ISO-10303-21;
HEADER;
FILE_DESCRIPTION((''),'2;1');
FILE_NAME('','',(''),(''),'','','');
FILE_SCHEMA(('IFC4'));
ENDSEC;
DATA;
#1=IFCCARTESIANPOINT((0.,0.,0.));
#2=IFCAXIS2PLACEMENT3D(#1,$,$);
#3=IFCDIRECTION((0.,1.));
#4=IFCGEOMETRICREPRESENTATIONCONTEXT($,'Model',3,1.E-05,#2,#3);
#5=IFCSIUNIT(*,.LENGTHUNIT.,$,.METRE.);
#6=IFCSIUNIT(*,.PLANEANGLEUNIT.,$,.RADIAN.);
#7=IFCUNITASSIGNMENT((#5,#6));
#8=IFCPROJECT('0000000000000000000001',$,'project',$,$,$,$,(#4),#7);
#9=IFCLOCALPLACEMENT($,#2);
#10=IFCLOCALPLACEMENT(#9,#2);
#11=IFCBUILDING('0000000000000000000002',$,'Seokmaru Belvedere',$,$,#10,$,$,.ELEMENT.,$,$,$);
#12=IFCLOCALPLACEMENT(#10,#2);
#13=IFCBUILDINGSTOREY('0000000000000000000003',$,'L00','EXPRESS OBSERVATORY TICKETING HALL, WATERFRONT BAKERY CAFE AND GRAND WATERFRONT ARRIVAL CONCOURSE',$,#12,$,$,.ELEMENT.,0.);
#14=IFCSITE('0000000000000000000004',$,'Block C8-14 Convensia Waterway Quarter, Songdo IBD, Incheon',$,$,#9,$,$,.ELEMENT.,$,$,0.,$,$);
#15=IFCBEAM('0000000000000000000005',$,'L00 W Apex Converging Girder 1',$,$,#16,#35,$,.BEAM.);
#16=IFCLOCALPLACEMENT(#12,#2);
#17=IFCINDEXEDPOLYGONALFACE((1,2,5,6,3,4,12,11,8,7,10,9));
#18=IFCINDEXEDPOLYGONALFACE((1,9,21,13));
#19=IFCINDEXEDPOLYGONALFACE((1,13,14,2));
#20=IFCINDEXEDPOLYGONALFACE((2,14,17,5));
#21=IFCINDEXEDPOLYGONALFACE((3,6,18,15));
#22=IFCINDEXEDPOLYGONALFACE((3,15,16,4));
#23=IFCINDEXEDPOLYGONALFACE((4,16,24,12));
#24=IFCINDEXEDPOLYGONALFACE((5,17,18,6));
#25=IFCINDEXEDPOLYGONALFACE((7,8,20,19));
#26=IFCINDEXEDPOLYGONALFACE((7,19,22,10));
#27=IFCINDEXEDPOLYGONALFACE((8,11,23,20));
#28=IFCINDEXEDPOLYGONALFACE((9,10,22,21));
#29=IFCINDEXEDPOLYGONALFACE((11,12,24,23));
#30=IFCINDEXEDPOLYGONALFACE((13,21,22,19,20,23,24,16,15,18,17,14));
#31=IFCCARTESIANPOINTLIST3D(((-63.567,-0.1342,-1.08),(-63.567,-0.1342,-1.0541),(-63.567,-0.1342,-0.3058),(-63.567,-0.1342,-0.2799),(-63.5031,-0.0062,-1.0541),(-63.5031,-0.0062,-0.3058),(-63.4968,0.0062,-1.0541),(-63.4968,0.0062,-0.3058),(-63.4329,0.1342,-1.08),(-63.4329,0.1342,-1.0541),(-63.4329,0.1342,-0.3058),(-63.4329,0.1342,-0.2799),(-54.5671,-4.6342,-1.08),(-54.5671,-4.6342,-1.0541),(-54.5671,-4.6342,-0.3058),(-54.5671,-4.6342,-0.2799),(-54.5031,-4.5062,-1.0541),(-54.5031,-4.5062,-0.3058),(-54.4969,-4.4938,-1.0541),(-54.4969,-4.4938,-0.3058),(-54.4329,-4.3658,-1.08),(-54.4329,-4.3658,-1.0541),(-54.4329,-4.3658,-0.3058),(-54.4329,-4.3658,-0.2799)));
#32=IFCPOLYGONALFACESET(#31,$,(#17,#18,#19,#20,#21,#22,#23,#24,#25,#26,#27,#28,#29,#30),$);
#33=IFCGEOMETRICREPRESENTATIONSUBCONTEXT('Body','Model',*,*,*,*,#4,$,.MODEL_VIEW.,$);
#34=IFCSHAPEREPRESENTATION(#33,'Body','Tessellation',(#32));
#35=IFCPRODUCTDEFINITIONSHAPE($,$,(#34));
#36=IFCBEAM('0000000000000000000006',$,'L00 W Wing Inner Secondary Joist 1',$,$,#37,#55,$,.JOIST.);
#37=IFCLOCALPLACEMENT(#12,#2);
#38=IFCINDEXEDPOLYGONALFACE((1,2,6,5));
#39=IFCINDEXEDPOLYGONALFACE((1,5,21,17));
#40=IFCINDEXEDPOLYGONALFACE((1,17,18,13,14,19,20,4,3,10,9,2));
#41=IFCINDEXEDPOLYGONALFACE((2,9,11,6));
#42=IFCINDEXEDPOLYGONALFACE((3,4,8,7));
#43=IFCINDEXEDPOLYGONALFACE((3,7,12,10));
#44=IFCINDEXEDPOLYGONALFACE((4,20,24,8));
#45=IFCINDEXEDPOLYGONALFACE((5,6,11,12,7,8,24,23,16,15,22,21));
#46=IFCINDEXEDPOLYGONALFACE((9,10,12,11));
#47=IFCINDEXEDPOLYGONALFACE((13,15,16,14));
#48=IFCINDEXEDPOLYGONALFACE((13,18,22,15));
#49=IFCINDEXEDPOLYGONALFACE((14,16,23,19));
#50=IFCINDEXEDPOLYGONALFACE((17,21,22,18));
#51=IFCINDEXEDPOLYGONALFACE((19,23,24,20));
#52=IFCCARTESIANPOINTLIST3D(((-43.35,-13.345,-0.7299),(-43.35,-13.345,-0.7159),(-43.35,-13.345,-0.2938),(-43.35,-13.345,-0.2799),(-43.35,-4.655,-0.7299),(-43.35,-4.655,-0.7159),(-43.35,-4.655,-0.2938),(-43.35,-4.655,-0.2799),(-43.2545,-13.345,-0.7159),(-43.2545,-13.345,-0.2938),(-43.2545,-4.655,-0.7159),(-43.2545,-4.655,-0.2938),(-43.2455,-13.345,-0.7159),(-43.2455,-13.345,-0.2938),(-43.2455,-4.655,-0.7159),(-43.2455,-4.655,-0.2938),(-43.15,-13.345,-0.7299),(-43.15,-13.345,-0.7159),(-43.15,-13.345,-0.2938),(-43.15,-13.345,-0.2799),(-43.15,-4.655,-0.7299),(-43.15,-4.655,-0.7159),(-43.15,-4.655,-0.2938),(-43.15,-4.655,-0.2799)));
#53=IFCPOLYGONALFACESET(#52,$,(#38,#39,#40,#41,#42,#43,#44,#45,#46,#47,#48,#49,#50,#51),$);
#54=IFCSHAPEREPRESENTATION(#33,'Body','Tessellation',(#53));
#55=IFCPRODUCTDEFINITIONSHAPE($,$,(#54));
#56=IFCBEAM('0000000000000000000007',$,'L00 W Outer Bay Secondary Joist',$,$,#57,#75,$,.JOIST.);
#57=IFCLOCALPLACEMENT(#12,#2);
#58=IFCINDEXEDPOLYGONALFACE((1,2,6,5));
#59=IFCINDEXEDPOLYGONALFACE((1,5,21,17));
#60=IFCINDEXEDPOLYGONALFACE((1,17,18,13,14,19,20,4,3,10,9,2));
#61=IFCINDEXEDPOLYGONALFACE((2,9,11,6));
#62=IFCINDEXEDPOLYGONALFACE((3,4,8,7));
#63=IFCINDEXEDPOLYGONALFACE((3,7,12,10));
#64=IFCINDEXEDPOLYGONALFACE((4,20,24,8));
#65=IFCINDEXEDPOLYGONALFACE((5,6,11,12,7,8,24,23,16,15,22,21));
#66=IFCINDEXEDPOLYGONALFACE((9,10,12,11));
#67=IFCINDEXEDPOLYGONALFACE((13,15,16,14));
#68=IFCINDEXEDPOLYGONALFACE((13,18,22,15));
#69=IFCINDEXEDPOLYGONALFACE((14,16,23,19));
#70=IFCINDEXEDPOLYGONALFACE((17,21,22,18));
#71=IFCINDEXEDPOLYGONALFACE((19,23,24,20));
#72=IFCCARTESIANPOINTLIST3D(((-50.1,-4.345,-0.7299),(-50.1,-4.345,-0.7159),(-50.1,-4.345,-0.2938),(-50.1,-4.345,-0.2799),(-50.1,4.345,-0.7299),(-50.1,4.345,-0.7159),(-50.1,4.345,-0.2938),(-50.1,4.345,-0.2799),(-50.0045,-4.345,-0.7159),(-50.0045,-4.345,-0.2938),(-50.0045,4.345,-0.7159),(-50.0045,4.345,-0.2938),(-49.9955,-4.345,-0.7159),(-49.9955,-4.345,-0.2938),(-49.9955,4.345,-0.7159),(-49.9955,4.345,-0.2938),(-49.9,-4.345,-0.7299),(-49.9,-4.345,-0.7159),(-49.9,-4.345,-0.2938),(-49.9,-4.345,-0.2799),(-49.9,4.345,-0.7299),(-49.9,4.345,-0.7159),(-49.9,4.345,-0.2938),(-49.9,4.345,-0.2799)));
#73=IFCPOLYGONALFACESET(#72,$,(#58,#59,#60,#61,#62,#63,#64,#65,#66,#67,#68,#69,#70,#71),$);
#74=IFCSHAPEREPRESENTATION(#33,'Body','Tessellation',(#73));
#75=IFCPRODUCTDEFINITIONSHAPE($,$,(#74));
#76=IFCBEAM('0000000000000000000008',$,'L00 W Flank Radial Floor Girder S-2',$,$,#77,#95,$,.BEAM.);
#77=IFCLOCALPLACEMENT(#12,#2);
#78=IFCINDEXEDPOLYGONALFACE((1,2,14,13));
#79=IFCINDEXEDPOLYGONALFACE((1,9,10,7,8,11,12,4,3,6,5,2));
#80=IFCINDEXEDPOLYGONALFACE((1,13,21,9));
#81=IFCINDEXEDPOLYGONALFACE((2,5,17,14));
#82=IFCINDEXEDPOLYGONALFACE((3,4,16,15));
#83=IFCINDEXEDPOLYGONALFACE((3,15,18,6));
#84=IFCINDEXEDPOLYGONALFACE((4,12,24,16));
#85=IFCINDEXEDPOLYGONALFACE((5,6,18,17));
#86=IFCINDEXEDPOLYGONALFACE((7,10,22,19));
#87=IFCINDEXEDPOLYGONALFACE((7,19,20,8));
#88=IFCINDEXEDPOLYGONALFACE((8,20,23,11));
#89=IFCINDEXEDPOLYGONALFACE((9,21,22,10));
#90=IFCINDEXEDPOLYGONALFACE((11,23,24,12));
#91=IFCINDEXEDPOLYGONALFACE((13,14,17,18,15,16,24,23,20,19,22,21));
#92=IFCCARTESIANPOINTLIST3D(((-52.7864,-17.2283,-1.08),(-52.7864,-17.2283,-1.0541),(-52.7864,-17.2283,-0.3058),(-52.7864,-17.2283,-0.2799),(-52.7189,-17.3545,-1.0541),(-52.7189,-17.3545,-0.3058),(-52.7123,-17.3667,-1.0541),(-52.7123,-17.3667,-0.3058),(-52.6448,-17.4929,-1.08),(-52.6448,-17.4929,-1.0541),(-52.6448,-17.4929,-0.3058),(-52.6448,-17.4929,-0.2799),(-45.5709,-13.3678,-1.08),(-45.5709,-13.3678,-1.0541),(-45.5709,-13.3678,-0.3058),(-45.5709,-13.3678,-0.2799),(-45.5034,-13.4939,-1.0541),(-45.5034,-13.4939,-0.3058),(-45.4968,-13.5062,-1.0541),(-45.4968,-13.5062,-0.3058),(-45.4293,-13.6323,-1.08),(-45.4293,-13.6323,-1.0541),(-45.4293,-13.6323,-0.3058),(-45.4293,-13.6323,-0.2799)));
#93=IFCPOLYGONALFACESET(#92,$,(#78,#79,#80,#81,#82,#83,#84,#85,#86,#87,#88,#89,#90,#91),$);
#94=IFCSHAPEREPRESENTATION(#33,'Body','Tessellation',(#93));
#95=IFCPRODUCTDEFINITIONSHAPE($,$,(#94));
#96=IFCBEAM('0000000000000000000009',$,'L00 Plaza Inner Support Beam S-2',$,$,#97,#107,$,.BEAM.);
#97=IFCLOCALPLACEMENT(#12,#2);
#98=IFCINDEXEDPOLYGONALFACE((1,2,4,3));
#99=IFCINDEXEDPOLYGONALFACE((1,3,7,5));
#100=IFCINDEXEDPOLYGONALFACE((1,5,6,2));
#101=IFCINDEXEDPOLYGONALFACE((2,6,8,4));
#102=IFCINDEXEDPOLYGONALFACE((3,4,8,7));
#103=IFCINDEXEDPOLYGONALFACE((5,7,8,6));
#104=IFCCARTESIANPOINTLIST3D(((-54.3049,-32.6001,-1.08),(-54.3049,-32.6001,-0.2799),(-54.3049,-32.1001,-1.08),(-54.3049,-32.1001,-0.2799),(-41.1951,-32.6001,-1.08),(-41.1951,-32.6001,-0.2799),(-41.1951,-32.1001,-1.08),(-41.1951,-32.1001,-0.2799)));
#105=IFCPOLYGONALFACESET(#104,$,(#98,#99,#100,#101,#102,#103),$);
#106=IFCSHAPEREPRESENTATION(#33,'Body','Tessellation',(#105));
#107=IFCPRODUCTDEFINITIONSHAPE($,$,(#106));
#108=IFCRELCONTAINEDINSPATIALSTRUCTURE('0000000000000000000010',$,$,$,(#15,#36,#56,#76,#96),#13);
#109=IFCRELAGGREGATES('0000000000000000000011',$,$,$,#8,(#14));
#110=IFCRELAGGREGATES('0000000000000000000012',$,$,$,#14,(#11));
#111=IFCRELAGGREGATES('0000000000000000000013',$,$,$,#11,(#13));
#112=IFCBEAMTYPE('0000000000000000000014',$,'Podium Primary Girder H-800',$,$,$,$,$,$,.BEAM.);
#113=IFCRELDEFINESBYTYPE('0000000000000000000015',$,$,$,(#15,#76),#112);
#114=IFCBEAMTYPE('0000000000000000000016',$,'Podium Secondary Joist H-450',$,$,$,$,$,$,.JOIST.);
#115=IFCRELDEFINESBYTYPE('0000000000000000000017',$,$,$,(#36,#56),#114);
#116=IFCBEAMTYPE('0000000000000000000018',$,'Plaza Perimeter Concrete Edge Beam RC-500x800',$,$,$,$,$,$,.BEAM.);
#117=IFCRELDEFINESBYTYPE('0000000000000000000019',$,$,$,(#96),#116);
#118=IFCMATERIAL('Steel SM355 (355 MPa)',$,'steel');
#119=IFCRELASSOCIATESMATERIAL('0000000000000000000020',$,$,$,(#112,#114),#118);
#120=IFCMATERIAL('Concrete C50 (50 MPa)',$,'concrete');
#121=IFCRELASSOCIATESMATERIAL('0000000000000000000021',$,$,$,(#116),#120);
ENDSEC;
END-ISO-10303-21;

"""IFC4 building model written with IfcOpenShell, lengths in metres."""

from ifc_helpers import new_model, si_unit, direction, frame, origin, origin_2d, place, context, subcontext, project, spatial, rectangle, i_section, extrude, source, transform, mapped, material, material_profile, profile_set, type_object, type_shapes, element, save


model = new_model("IFC4")

# Units and contexts
model_context = context("Model", 3, precision=1e-05, world=origin(), true_north=direction((0.0, 1.0)))
body_context = subcontext(model_context, "Body", "Model", "MODEL_VIEW")
ifc_project = project(units=[si_unit("LENGTHUNIT", "METRE"), si_unit("PLANEANGLEUNIT", "RADIAN")], contexts=[model_context])

# Site, building, storey
site_placement = place(None, origin())
site = spatial("IfcSite", under=ifc_project, at=site_placement, Name="Block C8-14 Convensia Waterway Quarter, Songdo IBD, Incheon", CompositionType="ELEMENT", RefElevation=0.0)
building_placement = place(site_placement, origin())
building = spatial("IfcBuilding", under=site, at=building_placement, Name="Seokmaru Belvedere", CompositionType="ELEMENT")
storey_placement = place(building_placement, origin())
storey = spatial("IfcBuildingStorey", under=building, at=storey_placement, Name="L00", Description="EXPRESS OBSERVATORY TICKETING HALL, WATERFRONT BAKERY CAFE AND GRAND WATERFRONT ARRIVAL CONCOURSE", CompositionType="ELEMENT", Elevation=0.0)

# Beams
ifc_material_1 = material(Name="Steel SM355 (355 MPa)", Category="steel")
ifc_material_profile_1 = material_profile(ifc_material_1, i_section(OverallWidth=0.3, OverallDepth=0.8, WebThickness=0.0139, FlangeThickness=0.0259, at=origin_2d()), Name="H-800x300x14x26")
ifc_profile_set_1 = profile_set([ifc_material_profile_1], Name="Steel SM355 (355 MPa)")
beam_type_1 = type_object("IfcBeamType", Name="Podium Primary Girder H-800", PredefinedType="BEAM", material=ifc_profile_set_1)
shared_shape_1 = source(origin(), body_context, "Body", "SweptSolid", [
    extrude(i_section(OverallWidth=0.3, OverallDepth=0.8, WebThickness=0.0139, FlangeThickness=0.0259, at=origin_2d()), origin(), (0.0, 0.0, 1.0), 10.0623),
])
beam_1_placement = place(storey_placement, frame((-54.5, -4.5, -0.6799), z_axis=(-0.894427, 0.447214, 0.0), x_axis=(-0.447214, -0.894427, 0.0)))
element("IfcBeam", 1, at=beam_1_placement, inside=storey, type_object=beam_type_1, Name="L00 W Apex Converging Girder 1", PredefinedType="BEAM", context=body_context, shape_type="MappedRepresentation", body=[
    mapped(shared_shape_1, transform((0.0, 0.0, 0.0), scale=1.0)),
])
ifc_material_profile_2 = material_profile(ifc_material_1, i_section(OverallWidth=0.2, OverallDepth=0.45, WebThickness=0.009, FlangeThickness=0.0139, at=origin_2d()), Name="H-450x200x9x14")
ifc_profile_set_2 = profile_set([ifc_material_profile_2], Name="Steel SM355 (355 MPa)")
beam_type_2 = type_object("IfcBeamType", Name="Podium Secondary Joist H-450", PredefinedType="JOIST", material=ifc_profile_set_2)
shared_shape_2 = source(origin(), body_context, "Body", "SweptSolid", [
    extrude(i_section(OverallWidth=0.2, OverallDepth=0.45, WebThickness=0.009, FlangeThickness=0.0139, at=origin_2d()), origin(), (0.0, 0.0, 1.0), 8.6899),
])
type_shapes(beam_type_2, [shared_shape_2])
for number, where, z_axis, x_axis, name in (
    (2, (-43.25, -13.345, -0.5049), (0.0, 1.0, 0.0), (-1.0, 0.0, 0.0), "L00 W Wing Inner Secondary Joist 1"),
    (3, (-50.0, -4.345, -0.5049), (0.0, 1.0, 0.0), (-1.0, 0.0, 0.0), "L00 W Outer Bay Secondary Joist"),
):
    element("IfcBeam", number, at=place(storey_placement, frame(where, z_axis=z_axis, x_axis=x_axis)), inside=storey, type_object=beam_type_2, Name=name, PredefinedType="JOIST", context=body_context, shape_type="MappedRepresentation", body=[
        mapped(shared_shape_2, transform((0.0, 0.0, 0.0), scale=1.0)),
    ])
shared_shape_3 = source(origin(), body_context, "Body", "SweptSolid", [
    extrude(i_section(OverallWidth=0.3, OverallDepth=0.8, WebThickness=0.0139, FlangeThickness=0.0259, at=origin_2d()), origin(), (0.0, 0.0, 1.0), 8.1833),
])
beam_2_placement = place(storey_placement, frame((-52.7156, -17.3606, -0.6799), z_axis=(0.881729, 0.471757, 0.0), x_axis=(-0.471757, 0.881729, 0.0)))
element("IfcBeam", 4, at=beam_2_placement, inside=storey, type_object=beam_type_1, Name="L00 W Flank Radial Floor Girder S-2", PredefinedType="BEAM", context=body_context, shape_type="MappedRepresentation", body=[
    mapped(shared_shape_3, transform((0.0, 0.0, 0.0), scale=1.0)),
])
ifc_material_2 = material(Name="Concrete C50 (50 MPa)", Category="concrete")
ifc_material_profile_3 = material_profile(ifc_material_2, rectangle(XDim=0.5, YDim=0.8, at=origin_2d()), Name="RC-500x800")
ifc_profile_set_3 = profile_set([ifc_material_profile_3], Name="Concrete C50 (50 MPa)")
beam_type_3 = type_object("IfcBeamType", Name="Plaza Perimeter Concrete Edge Beam RC-500x800", PredefinedType="BEAM", material=ifc_profile_set_3)
shared_shape_4 = source(origin(), body_context, "Body", "SweptSolid", [
    extrude(rectangle(XDim=0.5, YDim=0.8, at=origin_2d()), origin(), (0.0, 0.0, 1.0), 13.1099),
])
type_shapes(beam_type_3, [shared_shape_4])
beam_3_placement = place(storey_placement, frame((-54.3049, -32.3501, -0.6799), z_axis=(1.0, 0.0, 0.0), x_axis=(0.0, 1.0, 0.0)))
element("IfcBeam", 5, at=beam_3_placement, inside=storey, type_object=beam_type_3, Name="L00 Plaza Inner Support Beam S-2", PredefinedType="BEAM", context=body_context, shape_type="MappedRepresentation", body=[
    mapped(shared_shape_4, transform((0.0, 0.0, 0.0), scale=1.0)),
])

save(model, "model.ifc")
